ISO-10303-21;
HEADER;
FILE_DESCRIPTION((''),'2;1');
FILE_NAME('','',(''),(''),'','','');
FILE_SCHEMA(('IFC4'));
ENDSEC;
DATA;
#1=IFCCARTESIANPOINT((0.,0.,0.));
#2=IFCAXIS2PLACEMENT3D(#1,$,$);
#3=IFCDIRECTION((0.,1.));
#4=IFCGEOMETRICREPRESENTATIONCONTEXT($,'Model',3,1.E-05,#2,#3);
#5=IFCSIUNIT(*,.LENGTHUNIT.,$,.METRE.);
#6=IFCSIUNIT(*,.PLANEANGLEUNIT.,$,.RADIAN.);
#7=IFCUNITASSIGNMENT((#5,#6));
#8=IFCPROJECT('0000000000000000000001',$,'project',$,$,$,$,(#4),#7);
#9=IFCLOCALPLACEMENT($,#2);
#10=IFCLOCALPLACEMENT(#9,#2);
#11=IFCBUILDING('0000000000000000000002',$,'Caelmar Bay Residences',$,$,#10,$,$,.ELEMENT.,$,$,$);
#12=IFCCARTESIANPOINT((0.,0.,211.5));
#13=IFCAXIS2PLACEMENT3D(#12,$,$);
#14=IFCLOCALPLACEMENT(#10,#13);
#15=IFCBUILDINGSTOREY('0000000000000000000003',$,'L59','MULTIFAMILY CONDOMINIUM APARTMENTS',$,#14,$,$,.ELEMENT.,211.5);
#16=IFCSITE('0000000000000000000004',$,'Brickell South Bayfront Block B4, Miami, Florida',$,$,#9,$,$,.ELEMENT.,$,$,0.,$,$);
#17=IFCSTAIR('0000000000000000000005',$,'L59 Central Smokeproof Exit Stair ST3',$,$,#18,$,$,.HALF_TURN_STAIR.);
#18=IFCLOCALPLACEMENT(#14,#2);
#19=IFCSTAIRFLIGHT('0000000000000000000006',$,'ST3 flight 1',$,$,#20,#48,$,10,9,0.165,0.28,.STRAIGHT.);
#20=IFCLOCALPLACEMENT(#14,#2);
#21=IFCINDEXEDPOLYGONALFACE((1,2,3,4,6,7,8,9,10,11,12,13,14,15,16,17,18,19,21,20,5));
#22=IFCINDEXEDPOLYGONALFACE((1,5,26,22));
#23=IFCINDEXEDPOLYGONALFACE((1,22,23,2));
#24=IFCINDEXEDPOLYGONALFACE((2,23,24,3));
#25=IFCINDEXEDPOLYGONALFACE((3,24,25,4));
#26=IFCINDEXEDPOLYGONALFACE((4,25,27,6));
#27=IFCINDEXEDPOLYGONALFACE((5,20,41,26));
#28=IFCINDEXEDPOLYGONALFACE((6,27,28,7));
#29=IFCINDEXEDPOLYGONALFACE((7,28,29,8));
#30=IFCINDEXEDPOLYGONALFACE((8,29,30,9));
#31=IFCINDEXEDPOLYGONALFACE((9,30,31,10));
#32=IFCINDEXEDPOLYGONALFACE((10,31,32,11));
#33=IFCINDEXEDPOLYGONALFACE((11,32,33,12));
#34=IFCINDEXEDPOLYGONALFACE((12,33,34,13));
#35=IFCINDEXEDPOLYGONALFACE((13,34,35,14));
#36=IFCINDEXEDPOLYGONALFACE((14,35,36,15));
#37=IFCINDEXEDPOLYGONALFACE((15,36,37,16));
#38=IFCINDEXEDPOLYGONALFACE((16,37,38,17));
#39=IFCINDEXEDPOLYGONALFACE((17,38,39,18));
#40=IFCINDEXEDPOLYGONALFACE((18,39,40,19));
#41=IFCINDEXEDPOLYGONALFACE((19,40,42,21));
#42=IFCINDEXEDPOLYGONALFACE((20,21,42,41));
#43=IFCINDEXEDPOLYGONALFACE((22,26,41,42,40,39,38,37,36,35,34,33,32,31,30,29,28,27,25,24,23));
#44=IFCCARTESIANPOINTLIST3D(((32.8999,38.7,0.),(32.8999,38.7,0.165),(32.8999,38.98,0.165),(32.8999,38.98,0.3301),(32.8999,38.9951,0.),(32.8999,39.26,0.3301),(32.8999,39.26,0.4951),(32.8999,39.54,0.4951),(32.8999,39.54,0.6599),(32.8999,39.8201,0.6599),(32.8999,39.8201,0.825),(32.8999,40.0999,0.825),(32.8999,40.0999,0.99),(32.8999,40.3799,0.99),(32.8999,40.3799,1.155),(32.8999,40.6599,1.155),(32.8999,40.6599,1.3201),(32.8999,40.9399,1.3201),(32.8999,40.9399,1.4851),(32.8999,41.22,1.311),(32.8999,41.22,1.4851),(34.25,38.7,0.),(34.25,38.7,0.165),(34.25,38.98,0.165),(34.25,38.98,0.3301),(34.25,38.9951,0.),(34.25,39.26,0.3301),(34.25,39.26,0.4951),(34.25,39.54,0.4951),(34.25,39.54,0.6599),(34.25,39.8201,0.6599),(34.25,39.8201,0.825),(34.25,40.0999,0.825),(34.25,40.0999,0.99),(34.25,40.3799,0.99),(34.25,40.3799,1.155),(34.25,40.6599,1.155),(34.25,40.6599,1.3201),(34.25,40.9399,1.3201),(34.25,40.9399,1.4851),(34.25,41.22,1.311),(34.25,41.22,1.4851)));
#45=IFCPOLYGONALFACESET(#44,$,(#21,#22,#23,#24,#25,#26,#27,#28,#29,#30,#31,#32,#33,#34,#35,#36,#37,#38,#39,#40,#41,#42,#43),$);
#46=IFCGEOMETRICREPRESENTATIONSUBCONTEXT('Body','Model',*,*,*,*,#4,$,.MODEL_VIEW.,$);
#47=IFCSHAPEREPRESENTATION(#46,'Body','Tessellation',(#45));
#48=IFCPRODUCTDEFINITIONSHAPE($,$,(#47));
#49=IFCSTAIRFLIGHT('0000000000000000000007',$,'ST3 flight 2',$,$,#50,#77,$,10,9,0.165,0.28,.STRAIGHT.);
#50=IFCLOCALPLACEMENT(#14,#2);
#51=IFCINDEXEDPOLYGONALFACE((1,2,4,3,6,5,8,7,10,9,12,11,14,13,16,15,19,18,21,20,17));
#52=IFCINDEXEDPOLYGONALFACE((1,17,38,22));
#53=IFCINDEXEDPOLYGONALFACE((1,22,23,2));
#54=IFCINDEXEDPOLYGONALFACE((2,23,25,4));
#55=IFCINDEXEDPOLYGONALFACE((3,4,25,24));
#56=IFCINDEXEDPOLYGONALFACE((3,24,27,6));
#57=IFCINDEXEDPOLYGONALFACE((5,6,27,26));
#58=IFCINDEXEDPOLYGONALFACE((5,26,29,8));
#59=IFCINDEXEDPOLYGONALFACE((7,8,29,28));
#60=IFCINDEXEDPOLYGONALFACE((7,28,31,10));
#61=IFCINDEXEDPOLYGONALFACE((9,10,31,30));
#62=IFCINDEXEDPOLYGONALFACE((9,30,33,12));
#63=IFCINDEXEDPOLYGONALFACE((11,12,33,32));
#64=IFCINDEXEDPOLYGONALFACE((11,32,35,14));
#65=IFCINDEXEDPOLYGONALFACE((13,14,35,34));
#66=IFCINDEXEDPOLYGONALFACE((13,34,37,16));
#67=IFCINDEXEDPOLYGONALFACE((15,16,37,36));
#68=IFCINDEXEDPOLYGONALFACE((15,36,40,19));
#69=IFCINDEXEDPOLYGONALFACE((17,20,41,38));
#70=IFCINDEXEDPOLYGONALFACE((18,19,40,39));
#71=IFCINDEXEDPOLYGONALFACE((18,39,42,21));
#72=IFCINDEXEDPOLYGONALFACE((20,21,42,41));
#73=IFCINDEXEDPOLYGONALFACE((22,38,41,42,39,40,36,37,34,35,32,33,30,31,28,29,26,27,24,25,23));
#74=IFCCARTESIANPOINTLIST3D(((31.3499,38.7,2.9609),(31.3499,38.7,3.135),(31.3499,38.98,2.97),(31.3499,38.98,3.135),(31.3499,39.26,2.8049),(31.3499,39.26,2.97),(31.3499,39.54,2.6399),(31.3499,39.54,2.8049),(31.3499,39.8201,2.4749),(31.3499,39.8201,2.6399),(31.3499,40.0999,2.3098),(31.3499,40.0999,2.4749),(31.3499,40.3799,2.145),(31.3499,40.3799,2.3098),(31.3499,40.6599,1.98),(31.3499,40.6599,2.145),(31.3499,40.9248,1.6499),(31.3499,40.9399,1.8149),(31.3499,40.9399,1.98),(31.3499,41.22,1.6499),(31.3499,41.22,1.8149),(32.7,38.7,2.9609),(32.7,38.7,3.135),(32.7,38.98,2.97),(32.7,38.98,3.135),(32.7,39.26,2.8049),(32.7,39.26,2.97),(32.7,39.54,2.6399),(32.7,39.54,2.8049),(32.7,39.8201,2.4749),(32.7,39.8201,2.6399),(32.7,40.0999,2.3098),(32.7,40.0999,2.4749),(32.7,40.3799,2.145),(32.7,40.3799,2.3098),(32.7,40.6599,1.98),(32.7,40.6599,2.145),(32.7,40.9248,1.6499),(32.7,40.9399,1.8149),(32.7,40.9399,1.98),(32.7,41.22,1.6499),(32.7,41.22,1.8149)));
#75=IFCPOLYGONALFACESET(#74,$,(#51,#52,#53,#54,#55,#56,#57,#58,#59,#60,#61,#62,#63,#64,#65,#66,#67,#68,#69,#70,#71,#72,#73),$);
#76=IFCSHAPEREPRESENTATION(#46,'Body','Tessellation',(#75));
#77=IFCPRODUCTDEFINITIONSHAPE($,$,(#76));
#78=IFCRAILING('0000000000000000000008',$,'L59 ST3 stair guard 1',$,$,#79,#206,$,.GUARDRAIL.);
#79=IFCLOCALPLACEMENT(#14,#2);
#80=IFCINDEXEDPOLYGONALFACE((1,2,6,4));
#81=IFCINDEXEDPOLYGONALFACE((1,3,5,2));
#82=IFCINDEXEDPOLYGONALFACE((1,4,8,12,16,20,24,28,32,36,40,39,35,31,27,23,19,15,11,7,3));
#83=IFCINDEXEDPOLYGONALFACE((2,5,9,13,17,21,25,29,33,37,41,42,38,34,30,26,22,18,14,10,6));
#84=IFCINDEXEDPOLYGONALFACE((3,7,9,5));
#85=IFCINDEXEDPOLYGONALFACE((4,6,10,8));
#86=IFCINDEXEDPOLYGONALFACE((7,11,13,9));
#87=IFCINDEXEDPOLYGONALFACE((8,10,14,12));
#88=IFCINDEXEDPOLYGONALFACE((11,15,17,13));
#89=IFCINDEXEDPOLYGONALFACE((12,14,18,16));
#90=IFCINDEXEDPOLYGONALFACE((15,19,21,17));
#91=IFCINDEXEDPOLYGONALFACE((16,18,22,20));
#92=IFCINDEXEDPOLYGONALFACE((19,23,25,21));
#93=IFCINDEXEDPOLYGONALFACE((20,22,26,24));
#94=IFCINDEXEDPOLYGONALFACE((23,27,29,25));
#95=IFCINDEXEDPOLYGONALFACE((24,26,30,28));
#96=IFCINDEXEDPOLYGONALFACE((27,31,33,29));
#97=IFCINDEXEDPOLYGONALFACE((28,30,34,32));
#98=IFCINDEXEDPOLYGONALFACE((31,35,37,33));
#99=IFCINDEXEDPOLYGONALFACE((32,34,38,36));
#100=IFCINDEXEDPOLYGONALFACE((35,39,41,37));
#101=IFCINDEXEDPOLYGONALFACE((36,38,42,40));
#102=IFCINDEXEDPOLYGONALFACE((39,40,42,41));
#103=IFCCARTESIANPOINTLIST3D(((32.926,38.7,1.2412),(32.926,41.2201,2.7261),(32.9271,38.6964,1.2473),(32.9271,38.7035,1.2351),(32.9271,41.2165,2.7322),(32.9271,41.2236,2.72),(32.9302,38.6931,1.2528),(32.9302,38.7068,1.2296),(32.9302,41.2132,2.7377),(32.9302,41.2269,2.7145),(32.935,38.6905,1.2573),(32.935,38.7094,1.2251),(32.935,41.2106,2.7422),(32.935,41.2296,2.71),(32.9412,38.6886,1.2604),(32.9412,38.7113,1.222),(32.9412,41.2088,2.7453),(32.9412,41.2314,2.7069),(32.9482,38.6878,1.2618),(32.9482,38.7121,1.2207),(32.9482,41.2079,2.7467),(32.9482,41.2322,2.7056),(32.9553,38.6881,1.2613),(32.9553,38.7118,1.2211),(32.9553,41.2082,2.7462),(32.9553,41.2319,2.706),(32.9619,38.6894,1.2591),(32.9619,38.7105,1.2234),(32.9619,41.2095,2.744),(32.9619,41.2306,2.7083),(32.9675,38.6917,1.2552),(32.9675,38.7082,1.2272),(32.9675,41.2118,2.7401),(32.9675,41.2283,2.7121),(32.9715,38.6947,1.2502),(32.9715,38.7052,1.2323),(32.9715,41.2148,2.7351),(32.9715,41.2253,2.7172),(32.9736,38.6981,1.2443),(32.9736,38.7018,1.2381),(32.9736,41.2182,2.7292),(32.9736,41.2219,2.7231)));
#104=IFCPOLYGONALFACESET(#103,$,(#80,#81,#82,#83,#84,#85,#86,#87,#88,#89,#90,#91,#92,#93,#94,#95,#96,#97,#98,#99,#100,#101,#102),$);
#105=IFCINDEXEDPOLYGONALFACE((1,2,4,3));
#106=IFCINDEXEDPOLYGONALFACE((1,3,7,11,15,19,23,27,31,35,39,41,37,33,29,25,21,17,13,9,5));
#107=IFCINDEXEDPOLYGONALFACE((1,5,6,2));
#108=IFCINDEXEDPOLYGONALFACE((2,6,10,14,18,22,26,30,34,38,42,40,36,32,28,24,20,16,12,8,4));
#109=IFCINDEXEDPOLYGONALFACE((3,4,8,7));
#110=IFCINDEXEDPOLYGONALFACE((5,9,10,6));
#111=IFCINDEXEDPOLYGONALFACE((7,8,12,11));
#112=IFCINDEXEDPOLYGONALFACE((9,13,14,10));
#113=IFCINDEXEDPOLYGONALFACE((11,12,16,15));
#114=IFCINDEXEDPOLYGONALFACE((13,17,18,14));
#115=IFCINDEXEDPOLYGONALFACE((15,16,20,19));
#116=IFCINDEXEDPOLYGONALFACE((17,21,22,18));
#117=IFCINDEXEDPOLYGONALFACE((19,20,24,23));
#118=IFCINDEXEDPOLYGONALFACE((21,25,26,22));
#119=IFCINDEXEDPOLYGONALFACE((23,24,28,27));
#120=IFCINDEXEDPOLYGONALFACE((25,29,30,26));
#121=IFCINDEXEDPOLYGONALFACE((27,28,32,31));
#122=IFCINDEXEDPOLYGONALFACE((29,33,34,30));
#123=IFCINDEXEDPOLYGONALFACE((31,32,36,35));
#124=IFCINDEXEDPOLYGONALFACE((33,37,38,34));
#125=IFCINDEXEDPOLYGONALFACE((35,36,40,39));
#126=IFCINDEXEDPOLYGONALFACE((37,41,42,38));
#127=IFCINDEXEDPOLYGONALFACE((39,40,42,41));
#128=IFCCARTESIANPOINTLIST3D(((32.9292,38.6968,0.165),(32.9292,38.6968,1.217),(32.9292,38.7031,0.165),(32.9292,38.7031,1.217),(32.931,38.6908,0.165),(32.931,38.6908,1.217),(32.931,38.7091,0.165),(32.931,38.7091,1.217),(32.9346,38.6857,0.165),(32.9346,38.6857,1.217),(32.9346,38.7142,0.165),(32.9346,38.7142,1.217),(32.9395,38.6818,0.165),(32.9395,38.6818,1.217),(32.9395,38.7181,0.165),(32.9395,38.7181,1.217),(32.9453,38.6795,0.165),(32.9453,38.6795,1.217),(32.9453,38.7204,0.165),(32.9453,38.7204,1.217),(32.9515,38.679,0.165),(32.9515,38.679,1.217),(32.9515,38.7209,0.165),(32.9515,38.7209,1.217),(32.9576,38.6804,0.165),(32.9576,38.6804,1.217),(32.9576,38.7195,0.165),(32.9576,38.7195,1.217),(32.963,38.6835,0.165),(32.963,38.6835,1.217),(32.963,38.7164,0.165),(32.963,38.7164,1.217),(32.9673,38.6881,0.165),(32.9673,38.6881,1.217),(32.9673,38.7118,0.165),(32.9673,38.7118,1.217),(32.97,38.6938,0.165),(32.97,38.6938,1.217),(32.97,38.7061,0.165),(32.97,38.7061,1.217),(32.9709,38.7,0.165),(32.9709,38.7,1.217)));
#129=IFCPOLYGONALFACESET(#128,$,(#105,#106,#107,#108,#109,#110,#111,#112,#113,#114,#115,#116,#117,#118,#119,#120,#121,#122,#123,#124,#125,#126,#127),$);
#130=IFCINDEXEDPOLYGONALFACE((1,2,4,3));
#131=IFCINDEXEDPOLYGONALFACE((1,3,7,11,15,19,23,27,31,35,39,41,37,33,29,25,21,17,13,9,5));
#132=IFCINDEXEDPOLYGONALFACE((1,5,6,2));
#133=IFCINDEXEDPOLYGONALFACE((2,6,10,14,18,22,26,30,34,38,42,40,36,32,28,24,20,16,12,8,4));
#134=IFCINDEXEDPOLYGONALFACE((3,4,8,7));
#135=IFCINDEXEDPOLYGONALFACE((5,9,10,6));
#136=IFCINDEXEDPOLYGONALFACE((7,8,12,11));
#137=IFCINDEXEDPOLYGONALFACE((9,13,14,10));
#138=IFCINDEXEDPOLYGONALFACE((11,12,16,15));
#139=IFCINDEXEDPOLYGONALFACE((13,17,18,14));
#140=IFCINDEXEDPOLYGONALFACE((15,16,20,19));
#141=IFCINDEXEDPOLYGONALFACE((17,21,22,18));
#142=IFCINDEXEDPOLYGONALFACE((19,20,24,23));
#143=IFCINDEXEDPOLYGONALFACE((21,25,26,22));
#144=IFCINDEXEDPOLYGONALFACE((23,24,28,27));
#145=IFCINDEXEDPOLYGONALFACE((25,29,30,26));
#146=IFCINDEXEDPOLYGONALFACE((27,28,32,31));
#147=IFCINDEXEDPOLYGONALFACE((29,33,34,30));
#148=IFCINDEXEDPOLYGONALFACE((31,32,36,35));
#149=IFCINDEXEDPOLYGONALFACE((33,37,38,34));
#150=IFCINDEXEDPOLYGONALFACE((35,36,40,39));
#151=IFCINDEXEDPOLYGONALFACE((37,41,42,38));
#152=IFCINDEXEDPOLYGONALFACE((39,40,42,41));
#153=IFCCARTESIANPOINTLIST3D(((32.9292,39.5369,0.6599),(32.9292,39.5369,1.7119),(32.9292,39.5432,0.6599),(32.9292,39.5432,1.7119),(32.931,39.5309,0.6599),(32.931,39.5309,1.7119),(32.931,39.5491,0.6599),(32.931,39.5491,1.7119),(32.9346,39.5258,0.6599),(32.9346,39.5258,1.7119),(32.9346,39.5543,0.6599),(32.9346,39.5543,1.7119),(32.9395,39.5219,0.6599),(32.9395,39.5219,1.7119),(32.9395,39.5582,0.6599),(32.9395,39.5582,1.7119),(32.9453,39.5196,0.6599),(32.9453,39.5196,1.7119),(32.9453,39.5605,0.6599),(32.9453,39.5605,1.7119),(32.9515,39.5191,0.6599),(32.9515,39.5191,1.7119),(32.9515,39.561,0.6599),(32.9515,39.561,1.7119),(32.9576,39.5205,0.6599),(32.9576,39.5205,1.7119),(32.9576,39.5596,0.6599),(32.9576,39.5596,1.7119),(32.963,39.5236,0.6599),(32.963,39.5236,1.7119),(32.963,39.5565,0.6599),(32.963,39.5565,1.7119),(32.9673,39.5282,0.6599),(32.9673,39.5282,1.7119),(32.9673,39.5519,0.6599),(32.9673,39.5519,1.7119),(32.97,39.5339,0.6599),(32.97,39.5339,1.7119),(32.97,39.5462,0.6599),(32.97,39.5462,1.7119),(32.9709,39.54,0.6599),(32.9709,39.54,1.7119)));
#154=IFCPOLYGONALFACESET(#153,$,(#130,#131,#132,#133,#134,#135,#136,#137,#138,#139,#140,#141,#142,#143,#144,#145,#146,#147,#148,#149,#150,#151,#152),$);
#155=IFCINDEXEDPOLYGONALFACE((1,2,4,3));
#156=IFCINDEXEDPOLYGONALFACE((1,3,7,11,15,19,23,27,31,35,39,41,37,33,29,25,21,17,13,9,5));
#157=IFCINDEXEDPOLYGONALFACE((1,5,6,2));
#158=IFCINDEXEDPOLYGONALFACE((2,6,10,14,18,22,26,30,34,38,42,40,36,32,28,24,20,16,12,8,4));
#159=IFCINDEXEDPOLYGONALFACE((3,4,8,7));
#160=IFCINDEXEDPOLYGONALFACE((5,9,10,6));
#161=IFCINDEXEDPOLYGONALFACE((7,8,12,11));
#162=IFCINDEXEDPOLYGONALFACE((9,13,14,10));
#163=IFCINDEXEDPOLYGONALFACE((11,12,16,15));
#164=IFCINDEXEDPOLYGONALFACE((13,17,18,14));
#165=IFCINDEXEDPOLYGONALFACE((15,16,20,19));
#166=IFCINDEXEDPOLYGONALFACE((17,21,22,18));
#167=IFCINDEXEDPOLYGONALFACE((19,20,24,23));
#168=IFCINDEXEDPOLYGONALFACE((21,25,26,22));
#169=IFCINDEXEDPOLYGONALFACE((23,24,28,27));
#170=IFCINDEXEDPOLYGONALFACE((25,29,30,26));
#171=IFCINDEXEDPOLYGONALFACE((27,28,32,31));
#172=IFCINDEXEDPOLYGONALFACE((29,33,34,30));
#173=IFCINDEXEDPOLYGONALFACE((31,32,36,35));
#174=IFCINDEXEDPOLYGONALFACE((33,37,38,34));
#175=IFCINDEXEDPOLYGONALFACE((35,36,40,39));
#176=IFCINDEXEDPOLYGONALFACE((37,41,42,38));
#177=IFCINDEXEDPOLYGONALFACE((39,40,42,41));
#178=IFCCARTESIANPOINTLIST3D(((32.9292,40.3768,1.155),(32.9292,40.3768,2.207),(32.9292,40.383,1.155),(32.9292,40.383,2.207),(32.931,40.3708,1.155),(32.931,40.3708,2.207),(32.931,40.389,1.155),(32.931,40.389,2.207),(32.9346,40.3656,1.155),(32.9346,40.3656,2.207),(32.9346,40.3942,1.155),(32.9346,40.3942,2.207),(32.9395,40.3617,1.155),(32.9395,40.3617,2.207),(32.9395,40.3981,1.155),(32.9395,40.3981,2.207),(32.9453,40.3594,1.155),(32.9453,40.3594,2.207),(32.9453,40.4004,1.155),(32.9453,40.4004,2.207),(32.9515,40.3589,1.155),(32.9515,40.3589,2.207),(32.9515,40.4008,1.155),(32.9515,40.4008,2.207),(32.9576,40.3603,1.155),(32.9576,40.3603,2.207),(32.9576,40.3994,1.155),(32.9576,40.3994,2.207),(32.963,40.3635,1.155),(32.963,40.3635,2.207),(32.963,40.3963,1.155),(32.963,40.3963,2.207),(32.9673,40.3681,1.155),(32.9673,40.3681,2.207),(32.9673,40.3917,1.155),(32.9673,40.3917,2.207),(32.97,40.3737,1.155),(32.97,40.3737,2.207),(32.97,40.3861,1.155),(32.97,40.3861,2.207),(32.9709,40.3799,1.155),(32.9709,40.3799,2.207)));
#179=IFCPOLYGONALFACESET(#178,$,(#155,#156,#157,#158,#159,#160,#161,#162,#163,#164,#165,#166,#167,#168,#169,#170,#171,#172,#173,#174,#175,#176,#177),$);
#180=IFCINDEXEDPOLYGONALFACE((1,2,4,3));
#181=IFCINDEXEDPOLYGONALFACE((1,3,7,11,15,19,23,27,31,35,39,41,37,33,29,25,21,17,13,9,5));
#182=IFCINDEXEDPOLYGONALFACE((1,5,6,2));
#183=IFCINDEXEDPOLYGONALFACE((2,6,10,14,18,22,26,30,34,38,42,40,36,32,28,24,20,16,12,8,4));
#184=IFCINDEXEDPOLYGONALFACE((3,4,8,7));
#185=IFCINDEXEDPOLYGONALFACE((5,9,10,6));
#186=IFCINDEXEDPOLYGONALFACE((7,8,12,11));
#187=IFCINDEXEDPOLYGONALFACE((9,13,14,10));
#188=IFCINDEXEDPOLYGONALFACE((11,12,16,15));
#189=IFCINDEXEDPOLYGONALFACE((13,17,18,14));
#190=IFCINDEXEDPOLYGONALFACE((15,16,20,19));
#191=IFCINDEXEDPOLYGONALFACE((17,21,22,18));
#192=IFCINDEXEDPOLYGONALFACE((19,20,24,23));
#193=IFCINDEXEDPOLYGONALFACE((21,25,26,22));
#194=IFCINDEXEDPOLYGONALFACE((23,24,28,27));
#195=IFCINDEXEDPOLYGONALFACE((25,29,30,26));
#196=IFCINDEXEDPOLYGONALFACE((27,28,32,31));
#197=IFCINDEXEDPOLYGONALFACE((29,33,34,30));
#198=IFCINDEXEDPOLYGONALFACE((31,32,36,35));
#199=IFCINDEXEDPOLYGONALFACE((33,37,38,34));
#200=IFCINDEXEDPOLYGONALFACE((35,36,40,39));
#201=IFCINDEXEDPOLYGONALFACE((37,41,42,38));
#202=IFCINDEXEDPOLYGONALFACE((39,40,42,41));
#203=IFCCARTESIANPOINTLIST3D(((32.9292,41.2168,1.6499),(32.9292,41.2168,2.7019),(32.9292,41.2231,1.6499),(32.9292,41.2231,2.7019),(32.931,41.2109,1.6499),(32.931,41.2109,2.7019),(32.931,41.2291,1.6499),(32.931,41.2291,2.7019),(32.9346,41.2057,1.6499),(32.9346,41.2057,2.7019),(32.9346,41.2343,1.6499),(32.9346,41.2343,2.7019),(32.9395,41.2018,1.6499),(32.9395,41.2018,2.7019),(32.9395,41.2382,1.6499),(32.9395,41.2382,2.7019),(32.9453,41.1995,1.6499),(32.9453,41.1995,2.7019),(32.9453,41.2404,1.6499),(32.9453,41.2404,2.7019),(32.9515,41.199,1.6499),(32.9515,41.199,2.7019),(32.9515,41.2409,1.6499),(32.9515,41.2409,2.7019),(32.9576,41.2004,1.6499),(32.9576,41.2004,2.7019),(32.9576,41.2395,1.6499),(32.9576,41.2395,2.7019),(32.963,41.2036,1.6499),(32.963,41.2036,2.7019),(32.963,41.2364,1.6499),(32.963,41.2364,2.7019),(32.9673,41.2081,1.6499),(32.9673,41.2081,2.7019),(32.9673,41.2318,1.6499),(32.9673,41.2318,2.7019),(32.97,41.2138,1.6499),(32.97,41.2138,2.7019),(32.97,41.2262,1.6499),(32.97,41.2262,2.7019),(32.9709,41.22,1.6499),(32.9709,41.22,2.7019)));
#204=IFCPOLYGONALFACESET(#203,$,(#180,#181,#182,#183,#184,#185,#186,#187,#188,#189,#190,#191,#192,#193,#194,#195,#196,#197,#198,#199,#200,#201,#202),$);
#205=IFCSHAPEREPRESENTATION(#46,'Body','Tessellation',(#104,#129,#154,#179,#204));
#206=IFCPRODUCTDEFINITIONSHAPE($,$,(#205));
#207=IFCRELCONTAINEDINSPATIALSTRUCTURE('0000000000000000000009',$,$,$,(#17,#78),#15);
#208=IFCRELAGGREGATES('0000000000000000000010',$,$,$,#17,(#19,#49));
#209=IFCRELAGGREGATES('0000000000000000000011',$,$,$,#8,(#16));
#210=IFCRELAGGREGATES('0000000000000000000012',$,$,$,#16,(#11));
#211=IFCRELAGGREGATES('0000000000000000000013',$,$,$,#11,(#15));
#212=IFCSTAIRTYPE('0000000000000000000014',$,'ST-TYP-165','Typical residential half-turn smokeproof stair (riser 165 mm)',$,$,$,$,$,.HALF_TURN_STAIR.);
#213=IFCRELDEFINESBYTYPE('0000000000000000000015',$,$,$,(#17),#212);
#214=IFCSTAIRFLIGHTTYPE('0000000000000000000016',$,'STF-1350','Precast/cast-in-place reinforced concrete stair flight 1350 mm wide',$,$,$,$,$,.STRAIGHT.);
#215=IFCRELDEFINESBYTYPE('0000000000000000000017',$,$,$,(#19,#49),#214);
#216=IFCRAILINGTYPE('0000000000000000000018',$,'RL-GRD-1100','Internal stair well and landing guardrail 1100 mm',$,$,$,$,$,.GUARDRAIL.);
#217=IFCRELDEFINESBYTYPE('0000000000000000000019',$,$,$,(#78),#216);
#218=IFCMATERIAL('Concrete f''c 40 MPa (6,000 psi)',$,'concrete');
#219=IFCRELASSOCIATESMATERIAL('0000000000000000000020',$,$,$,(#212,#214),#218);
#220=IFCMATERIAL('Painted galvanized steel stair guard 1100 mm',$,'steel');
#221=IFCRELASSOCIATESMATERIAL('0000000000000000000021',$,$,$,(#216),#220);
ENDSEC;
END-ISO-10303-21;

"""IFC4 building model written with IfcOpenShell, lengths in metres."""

from ifc_helpers import new_model, si_unit, direction, frame, origin, origin_2d, place, context, subcontext, project, spatial, polyline, circle, outline, extrude, material, type_object, element, aggregate, save


model = new_model("IFC4")

# Units and contexts
model_context = context("Model", 3, precision=1e-05, world=origin(), true_north=direction((0.0, 1.0)))
body_context = subcontext(model_context, "Body", "Model", "MODEL_VIEW")
ifc_project = project(units=[si_unit("LENGTHUNIT", "METRE"), si_unit("PLANEANGLEUNIT", "RADIAN")], contexts=[model_context])

# Site, building, storey
site_placement = place(None, origin())
site = spatial("IfcSite", under=ifc_project, at=site_placement, Name="Brickell South Bayfront Block B4, Miami, Florida", CompositionType="ELEMENT", RefElevation=0.0)
building_placement = place(site_placement, origin())
building = spatial("IfcBuilding", under=site, at=building_placement, Name="Caelmar Bay Residences", CompositionType="ELEMENT")
storey_placement = place(building_placement, frame((0.0, 0.0, 211.5)))
storey = spatial("IfcBuildingStorey", under=building, at=storey_placement, Name="L59", Description="MULTIFAMILY CONDOMINIUM APARTMENTS", CompositionType="ELEMENT", Elevation=211.5)

# Stair, stair flights
ifc_material_1 = material(Name="Concrete f'c 40 MPa (6,000 psi)", Category="concrete")
stair_type = type_object("IfcStairType", Name="ST-TYP-165", Description="Typical residential half-turn smokeproof stair (riser 165 mm)", PredefinedType="HALF_TURN_STAIR", material=ifc_material_1)
stair_placement = place(storey_placement, origin())
stair = element("IfcStair", 1, at=stair_placement, inside=storey, type_object=stair_type, Name="L59 Central Smokeproof Exit Stair ST3", PredefinedType="HALF_TURN_STAIR")
stair_flight_type = type_object("IfcStairFlightType", Name="STF-1350", Description="Precast/cast-in-place reinforced concrete stair flight 1350 mm wide", PredefinedType="STRAIGHT", material=ifc_material_1)
stair_flight_1_placement = place(storey_placement, frame((33.575, 38.7, 0.0), z_axis=(0.0, 0.0, 1.0), x_axis=(0.0, 1.0, 0.0)))
stair_flight_1 = element("IfcStairFlight", 2, at=stair_flight_1_placement, type_object=stair_flight_type, Name="ST3 flight 1", NumberOfRisers=10, NumberOfTreads=9, PredefinedType="STRAIGHT", RiserHeight=0.165, TreadLength=0.28, context=body_context, shape_type="SweptSolid", body=[
    extrude(outline(polyline([(0.0, 0.0), (0.0, 0.165), (0.28, 0.165), (0.28, 0.3301), (0.5601, 0.3301), (0.5601, 0.4951), (0.8401, 0.4951), (0.8401, 0.6599), (1.1201, 0.6599), (1.1201, 0.825), (1.3999, 0.825), (1.3999, 0.99), (1.6799, 0.99), (1.6799, 1.155), (1.96, 1.155), (1.96, 1.3201), (2.24, 1.3201), (2.24, 1.4851), (2.52, 1.4851), (2.52, 1.6499), (2.52, 1.311), (0.2952, 0.0), (0.0, 0.0)])), frame((0.0, 0.675, 0.0), z_axis=(0.0, -1.0, 0.0), x_axis=(1.0, 0.0, 0.0)), (0.0, 0.0, 1.0), 1.3501),
])
stair_flight_2_placement = place(storey_placement, frame((32.0249, 41.22, 1.6499), z_axis=(0.0, 0.0, 1.0), x_axis=(0.0, -1.0, 0.0)))
stair_flight_2 = element("IfcStairFlight", 3, at=stair_flight_2_placement, type_object=stair_flight_type, Name="ST3 flight 2", NumberOfRisers=10, NumberOfTreads=9, PredefinedType="STRAIGHT", RiserHeight=0.165, TreadLength=0.28, context=body_context, shape_type="SweptSolid", body=[
    extrude(outline(polyline([(0.0, 0.0), (0.0, 0.165), (0.28, 0.165), (0.28, 0.3301), (0.5601, 0.3301), (0.5601, 0.4951), (0.8401, 0.4951), (0.8401, 0.6599), (1.1201, 0.6599), (1.1201, 0.825), (1.3999, 0.825), (1.3999, 0.99), (1.6799, 0.99), (1.6799, 1.155), (1.96, 1.155), (1.96, 1.3201), (2.24, 1.3201), (2.24, 1.4851), (2.52, 1.4851), (2.52, 1.6499), (2.52, 1.311), (0.2952, 0.0), (0.0, 0.0)])), frame((0.0, 0.675, 0.0), z_axis=(0.0, -1.0, 0.0), x_axis=(1.0, 0.0, 0.0)), (0.0, 0.0, 1.0), 1.3501),
])
aggregate(stair, [stair_flight_1, stair_flight_2])

# Railing
ifc_material_2 = material(Name="Painted galvanized steel stair guard 1100 mm", Category="steel")
railing_type_1 = type_object("IfcRailingType", Name="RL-GRD-1100", Description="Internal stair well and landing guardrail 1100 mm", PredefinedType="GUARDRAIL", material=ifc_material_2)
railing_1_placement = place(storey_placement, frame((32.95, 38.7, 0.165)))
element("IfcRailing", 4, at=railing_1_placement, inside=storey, type_object=railing_type_1, Name="L59 ST3 stair guard 1", PredefinedType="GUARDRAIL", context=body_context, shape_type="SweptSolid", body=[
    extrude(circle(Radius=0.0239, at=origin_2d()), frame((0.0, 0.0, 1.0762), z_axis=(0.0, 0.861561, 0.507655), x_axis=(-1.0, 0.0, 0.0)), (0.0, 0.0, 1.0), 2.925),
    extrude(circle(Radius=0.021, at=origin_2d()), origin(), (0.0, 0.0, 1.0), 1.052),
    extrude(circle(Radius=0.021, at=origin_2d()), frame((0.0, 0.8401, 0.4949)), (0.0, 0.0, 1.0), 1.052),
    extrude(circle(Radius=0.021, at=origin_2d()), frame((0.0, 1.6799, 0.99)), (0.0, 0.0, 1.0), 1.052),
    extrude(circle(Radius=0.021, at=origin_2d()), frame((0.0, 2.52, 1.4849)), (0.0, 0.0, 1.0), 1.052),
])

save(model, "model.ifc")
